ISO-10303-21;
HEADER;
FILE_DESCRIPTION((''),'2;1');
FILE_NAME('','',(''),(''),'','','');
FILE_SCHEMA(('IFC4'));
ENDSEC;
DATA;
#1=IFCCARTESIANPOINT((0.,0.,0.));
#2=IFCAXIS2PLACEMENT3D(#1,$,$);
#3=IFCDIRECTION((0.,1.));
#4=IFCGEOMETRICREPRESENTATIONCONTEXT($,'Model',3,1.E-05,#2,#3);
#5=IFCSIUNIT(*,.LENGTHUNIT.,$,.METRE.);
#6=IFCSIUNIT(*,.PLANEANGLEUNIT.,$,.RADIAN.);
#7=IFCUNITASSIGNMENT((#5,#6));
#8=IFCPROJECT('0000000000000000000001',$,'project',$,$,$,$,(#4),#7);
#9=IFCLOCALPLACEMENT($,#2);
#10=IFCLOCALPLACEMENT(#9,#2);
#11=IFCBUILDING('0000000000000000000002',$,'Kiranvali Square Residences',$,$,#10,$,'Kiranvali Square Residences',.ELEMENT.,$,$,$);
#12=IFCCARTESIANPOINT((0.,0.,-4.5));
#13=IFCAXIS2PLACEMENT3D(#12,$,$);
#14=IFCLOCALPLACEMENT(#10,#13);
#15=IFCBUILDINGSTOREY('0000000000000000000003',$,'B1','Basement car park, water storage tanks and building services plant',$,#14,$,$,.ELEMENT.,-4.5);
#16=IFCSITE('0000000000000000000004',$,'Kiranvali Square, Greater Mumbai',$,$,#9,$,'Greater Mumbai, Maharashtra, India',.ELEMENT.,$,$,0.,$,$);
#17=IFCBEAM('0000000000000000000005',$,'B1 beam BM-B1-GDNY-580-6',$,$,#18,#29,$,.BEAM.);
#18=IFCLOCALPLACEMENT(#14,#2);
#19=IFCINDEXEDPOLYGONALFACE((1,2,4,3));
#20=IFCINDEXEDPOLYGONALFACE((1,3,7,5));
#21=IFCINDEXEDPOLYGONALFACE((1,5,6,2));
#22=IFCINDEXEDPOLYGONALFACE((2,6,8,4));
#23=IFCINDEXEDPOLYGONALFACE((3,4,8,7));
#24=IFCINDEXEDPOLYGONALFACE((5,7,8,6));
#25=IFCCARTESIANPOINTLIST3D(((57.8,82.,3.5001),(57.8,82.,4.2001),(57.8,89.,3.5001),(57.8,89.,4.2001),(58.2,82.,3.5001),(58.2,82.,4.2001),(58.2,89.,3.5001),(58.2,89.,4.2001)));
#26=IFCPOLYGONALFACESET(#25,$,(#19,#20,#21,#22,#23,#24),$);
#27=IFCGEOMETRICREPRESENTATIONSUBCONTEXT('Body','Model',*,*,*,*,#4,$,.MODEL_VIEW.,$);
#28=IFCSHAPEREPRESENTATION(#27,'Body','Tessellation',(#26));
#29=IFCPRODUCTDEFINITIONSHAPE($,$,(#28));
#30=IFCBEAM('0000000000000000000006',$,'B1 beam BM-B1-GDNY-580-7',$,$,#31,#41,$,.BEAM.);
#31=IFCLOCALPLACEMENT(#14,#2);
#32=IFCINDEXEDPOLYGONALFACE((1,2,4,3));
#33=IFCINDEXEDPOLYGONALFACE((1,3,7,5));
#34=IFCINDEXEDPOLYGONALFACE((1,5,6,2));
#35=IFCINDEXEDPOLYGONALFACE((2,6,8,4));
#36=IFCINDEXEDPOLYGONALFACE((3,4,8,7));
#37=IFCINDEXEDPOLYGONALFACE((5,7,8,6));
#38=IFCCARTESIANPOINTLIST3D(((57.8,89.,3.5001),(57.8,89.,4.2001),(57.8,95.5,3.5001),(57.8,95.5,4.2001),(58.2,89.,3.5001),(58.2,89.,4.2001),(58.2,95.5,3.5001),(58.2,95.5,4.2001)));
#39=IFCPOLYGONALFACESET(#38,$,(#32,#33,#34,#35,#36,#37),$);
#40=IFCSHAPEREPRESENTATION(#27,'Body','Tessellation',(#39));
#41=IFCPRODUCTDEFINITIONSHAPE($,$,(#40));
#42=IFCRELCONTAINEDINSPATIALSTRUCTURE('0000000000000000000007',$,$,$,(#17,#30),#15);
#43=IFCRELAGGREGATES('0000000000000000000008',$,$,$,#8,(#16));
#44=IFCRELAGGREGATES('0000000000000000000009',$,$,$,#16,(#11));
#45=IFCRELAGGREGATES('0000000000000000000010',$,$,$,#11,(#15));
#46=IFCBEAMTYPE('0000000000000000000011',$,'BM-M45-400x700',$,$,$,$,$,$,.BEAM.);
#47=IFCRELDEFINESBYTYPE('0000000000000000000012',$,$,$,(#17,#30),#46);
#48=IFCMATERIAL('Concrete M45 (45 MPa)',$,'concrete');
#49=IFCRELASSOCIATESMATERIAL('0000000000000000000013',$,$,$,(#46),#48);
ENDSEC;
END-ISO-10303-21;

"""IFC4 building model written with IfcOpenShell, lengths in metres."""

from ifc_helpers import new_model, si_unit, direction, frame, origin, origin_2d, place, context, subcontext, project, spatial, rectangle, extrude, material, material_profile, profile_set, type_object, element, save


model = new_model("IFC4")

# Units and contexts
model_context = context("Model", 3, precision=1e-05, world=origin(), true_north=direction((0.0, 1.0)))
body_context = subcontext(model_context, "Body", "Model", "MODEL_VIEW")
ifc_project = project(units=[si_unit("LENGTHUNIT", "METRE"), si_unit("PLANEANGLEUNIT", "RADIAN")], contexts=[model_context])

# Site, building, storey
site_placement = place(None, origin())
site = spatial("IfcSite", under=ifc_project, at=site_placement, Name="Kiranvali Square, Greater Mumbai", LongName="Greater Mumbai, Maharashtra, India", CompositionType="ELEMENT", RefElevation=0.0)
building_placement = place(site_placement, origin())
building = spatial("IfcBuilding", under=site, at=building_placement, Name="Kiranvali Square Residences", LongName="Kiranvali Square Residences", CompositionType="ELEMENT")
storey_placement = place(building_placement, frame((0.0, 0.0, -4.5)))
storey = spatial("IfcBuildingStorey", under=building, at=storey_placement, Name="B1", Description="Basement car park, water storage tanks and building services plant", CompositionType="ELEMENT", Elevation=-4.5)

# Shared definitions
ifc_material_1 = material(Name="Concrete M45 (45 MPa)", Category="concrete")

# Beams
ifc_material_profile_1 = material_profile(ifc_material_1, rectangle(XDim=0.3999, YDim=0.7, at=origin_2d()), Name="RC 400x700")
ifc_profile_set_1 = profile_set([ifc_material_profile_1], Name="Concrete M45 (45 MPa)")
beam_type = type_object("IfcBeamType", Name="BM-M45-400x700", PredefinedType="BEAM", material=ifc_profile_set_1)
beam_1_placement = place(storey_placement, frame((58.0, 82.0, 3.8501), z_axis=(0.0, 1.0, 0.0), x_axis=(-1.0, 0.0, 0.0)))
element("IfcBeam", 1, at=beam_1_placement, inside=storey, type_object=beam_type, Name="B1 beam BM-B1-GDNY-580-6", PredefinedType="BEAM", context=body_context, shape_type="SweptSolid", body=[
    extrude(rectangle(XDim=0.3999, YDim=0.7, at=origin_2d()), origin(), (0.0, 0.0, 1.0), 7.0),
])
beam_2_placement = place(storey_placement, frame((58.0, 89.0, 3.8501), z_axis=(0.0, 1.0, 0.0), x_axis=(-1.0, 0.0, 0.0)))
element("IfcBeam", 2, at=beam_2_placement, inside=storey, type_object=beam_type, Name="B1 beam BM-B1-GDNY-580-7", PredefinedType="BEAM", context=body_context, shape_type="SweptSolid", body=[
    extrude(rectangle(XDim=0.3999, YDim=0.7, at=origin_2d()), origin(), (0.0, 0.0, 1.0), 6.5),
])

save(model, "model.ifc")
